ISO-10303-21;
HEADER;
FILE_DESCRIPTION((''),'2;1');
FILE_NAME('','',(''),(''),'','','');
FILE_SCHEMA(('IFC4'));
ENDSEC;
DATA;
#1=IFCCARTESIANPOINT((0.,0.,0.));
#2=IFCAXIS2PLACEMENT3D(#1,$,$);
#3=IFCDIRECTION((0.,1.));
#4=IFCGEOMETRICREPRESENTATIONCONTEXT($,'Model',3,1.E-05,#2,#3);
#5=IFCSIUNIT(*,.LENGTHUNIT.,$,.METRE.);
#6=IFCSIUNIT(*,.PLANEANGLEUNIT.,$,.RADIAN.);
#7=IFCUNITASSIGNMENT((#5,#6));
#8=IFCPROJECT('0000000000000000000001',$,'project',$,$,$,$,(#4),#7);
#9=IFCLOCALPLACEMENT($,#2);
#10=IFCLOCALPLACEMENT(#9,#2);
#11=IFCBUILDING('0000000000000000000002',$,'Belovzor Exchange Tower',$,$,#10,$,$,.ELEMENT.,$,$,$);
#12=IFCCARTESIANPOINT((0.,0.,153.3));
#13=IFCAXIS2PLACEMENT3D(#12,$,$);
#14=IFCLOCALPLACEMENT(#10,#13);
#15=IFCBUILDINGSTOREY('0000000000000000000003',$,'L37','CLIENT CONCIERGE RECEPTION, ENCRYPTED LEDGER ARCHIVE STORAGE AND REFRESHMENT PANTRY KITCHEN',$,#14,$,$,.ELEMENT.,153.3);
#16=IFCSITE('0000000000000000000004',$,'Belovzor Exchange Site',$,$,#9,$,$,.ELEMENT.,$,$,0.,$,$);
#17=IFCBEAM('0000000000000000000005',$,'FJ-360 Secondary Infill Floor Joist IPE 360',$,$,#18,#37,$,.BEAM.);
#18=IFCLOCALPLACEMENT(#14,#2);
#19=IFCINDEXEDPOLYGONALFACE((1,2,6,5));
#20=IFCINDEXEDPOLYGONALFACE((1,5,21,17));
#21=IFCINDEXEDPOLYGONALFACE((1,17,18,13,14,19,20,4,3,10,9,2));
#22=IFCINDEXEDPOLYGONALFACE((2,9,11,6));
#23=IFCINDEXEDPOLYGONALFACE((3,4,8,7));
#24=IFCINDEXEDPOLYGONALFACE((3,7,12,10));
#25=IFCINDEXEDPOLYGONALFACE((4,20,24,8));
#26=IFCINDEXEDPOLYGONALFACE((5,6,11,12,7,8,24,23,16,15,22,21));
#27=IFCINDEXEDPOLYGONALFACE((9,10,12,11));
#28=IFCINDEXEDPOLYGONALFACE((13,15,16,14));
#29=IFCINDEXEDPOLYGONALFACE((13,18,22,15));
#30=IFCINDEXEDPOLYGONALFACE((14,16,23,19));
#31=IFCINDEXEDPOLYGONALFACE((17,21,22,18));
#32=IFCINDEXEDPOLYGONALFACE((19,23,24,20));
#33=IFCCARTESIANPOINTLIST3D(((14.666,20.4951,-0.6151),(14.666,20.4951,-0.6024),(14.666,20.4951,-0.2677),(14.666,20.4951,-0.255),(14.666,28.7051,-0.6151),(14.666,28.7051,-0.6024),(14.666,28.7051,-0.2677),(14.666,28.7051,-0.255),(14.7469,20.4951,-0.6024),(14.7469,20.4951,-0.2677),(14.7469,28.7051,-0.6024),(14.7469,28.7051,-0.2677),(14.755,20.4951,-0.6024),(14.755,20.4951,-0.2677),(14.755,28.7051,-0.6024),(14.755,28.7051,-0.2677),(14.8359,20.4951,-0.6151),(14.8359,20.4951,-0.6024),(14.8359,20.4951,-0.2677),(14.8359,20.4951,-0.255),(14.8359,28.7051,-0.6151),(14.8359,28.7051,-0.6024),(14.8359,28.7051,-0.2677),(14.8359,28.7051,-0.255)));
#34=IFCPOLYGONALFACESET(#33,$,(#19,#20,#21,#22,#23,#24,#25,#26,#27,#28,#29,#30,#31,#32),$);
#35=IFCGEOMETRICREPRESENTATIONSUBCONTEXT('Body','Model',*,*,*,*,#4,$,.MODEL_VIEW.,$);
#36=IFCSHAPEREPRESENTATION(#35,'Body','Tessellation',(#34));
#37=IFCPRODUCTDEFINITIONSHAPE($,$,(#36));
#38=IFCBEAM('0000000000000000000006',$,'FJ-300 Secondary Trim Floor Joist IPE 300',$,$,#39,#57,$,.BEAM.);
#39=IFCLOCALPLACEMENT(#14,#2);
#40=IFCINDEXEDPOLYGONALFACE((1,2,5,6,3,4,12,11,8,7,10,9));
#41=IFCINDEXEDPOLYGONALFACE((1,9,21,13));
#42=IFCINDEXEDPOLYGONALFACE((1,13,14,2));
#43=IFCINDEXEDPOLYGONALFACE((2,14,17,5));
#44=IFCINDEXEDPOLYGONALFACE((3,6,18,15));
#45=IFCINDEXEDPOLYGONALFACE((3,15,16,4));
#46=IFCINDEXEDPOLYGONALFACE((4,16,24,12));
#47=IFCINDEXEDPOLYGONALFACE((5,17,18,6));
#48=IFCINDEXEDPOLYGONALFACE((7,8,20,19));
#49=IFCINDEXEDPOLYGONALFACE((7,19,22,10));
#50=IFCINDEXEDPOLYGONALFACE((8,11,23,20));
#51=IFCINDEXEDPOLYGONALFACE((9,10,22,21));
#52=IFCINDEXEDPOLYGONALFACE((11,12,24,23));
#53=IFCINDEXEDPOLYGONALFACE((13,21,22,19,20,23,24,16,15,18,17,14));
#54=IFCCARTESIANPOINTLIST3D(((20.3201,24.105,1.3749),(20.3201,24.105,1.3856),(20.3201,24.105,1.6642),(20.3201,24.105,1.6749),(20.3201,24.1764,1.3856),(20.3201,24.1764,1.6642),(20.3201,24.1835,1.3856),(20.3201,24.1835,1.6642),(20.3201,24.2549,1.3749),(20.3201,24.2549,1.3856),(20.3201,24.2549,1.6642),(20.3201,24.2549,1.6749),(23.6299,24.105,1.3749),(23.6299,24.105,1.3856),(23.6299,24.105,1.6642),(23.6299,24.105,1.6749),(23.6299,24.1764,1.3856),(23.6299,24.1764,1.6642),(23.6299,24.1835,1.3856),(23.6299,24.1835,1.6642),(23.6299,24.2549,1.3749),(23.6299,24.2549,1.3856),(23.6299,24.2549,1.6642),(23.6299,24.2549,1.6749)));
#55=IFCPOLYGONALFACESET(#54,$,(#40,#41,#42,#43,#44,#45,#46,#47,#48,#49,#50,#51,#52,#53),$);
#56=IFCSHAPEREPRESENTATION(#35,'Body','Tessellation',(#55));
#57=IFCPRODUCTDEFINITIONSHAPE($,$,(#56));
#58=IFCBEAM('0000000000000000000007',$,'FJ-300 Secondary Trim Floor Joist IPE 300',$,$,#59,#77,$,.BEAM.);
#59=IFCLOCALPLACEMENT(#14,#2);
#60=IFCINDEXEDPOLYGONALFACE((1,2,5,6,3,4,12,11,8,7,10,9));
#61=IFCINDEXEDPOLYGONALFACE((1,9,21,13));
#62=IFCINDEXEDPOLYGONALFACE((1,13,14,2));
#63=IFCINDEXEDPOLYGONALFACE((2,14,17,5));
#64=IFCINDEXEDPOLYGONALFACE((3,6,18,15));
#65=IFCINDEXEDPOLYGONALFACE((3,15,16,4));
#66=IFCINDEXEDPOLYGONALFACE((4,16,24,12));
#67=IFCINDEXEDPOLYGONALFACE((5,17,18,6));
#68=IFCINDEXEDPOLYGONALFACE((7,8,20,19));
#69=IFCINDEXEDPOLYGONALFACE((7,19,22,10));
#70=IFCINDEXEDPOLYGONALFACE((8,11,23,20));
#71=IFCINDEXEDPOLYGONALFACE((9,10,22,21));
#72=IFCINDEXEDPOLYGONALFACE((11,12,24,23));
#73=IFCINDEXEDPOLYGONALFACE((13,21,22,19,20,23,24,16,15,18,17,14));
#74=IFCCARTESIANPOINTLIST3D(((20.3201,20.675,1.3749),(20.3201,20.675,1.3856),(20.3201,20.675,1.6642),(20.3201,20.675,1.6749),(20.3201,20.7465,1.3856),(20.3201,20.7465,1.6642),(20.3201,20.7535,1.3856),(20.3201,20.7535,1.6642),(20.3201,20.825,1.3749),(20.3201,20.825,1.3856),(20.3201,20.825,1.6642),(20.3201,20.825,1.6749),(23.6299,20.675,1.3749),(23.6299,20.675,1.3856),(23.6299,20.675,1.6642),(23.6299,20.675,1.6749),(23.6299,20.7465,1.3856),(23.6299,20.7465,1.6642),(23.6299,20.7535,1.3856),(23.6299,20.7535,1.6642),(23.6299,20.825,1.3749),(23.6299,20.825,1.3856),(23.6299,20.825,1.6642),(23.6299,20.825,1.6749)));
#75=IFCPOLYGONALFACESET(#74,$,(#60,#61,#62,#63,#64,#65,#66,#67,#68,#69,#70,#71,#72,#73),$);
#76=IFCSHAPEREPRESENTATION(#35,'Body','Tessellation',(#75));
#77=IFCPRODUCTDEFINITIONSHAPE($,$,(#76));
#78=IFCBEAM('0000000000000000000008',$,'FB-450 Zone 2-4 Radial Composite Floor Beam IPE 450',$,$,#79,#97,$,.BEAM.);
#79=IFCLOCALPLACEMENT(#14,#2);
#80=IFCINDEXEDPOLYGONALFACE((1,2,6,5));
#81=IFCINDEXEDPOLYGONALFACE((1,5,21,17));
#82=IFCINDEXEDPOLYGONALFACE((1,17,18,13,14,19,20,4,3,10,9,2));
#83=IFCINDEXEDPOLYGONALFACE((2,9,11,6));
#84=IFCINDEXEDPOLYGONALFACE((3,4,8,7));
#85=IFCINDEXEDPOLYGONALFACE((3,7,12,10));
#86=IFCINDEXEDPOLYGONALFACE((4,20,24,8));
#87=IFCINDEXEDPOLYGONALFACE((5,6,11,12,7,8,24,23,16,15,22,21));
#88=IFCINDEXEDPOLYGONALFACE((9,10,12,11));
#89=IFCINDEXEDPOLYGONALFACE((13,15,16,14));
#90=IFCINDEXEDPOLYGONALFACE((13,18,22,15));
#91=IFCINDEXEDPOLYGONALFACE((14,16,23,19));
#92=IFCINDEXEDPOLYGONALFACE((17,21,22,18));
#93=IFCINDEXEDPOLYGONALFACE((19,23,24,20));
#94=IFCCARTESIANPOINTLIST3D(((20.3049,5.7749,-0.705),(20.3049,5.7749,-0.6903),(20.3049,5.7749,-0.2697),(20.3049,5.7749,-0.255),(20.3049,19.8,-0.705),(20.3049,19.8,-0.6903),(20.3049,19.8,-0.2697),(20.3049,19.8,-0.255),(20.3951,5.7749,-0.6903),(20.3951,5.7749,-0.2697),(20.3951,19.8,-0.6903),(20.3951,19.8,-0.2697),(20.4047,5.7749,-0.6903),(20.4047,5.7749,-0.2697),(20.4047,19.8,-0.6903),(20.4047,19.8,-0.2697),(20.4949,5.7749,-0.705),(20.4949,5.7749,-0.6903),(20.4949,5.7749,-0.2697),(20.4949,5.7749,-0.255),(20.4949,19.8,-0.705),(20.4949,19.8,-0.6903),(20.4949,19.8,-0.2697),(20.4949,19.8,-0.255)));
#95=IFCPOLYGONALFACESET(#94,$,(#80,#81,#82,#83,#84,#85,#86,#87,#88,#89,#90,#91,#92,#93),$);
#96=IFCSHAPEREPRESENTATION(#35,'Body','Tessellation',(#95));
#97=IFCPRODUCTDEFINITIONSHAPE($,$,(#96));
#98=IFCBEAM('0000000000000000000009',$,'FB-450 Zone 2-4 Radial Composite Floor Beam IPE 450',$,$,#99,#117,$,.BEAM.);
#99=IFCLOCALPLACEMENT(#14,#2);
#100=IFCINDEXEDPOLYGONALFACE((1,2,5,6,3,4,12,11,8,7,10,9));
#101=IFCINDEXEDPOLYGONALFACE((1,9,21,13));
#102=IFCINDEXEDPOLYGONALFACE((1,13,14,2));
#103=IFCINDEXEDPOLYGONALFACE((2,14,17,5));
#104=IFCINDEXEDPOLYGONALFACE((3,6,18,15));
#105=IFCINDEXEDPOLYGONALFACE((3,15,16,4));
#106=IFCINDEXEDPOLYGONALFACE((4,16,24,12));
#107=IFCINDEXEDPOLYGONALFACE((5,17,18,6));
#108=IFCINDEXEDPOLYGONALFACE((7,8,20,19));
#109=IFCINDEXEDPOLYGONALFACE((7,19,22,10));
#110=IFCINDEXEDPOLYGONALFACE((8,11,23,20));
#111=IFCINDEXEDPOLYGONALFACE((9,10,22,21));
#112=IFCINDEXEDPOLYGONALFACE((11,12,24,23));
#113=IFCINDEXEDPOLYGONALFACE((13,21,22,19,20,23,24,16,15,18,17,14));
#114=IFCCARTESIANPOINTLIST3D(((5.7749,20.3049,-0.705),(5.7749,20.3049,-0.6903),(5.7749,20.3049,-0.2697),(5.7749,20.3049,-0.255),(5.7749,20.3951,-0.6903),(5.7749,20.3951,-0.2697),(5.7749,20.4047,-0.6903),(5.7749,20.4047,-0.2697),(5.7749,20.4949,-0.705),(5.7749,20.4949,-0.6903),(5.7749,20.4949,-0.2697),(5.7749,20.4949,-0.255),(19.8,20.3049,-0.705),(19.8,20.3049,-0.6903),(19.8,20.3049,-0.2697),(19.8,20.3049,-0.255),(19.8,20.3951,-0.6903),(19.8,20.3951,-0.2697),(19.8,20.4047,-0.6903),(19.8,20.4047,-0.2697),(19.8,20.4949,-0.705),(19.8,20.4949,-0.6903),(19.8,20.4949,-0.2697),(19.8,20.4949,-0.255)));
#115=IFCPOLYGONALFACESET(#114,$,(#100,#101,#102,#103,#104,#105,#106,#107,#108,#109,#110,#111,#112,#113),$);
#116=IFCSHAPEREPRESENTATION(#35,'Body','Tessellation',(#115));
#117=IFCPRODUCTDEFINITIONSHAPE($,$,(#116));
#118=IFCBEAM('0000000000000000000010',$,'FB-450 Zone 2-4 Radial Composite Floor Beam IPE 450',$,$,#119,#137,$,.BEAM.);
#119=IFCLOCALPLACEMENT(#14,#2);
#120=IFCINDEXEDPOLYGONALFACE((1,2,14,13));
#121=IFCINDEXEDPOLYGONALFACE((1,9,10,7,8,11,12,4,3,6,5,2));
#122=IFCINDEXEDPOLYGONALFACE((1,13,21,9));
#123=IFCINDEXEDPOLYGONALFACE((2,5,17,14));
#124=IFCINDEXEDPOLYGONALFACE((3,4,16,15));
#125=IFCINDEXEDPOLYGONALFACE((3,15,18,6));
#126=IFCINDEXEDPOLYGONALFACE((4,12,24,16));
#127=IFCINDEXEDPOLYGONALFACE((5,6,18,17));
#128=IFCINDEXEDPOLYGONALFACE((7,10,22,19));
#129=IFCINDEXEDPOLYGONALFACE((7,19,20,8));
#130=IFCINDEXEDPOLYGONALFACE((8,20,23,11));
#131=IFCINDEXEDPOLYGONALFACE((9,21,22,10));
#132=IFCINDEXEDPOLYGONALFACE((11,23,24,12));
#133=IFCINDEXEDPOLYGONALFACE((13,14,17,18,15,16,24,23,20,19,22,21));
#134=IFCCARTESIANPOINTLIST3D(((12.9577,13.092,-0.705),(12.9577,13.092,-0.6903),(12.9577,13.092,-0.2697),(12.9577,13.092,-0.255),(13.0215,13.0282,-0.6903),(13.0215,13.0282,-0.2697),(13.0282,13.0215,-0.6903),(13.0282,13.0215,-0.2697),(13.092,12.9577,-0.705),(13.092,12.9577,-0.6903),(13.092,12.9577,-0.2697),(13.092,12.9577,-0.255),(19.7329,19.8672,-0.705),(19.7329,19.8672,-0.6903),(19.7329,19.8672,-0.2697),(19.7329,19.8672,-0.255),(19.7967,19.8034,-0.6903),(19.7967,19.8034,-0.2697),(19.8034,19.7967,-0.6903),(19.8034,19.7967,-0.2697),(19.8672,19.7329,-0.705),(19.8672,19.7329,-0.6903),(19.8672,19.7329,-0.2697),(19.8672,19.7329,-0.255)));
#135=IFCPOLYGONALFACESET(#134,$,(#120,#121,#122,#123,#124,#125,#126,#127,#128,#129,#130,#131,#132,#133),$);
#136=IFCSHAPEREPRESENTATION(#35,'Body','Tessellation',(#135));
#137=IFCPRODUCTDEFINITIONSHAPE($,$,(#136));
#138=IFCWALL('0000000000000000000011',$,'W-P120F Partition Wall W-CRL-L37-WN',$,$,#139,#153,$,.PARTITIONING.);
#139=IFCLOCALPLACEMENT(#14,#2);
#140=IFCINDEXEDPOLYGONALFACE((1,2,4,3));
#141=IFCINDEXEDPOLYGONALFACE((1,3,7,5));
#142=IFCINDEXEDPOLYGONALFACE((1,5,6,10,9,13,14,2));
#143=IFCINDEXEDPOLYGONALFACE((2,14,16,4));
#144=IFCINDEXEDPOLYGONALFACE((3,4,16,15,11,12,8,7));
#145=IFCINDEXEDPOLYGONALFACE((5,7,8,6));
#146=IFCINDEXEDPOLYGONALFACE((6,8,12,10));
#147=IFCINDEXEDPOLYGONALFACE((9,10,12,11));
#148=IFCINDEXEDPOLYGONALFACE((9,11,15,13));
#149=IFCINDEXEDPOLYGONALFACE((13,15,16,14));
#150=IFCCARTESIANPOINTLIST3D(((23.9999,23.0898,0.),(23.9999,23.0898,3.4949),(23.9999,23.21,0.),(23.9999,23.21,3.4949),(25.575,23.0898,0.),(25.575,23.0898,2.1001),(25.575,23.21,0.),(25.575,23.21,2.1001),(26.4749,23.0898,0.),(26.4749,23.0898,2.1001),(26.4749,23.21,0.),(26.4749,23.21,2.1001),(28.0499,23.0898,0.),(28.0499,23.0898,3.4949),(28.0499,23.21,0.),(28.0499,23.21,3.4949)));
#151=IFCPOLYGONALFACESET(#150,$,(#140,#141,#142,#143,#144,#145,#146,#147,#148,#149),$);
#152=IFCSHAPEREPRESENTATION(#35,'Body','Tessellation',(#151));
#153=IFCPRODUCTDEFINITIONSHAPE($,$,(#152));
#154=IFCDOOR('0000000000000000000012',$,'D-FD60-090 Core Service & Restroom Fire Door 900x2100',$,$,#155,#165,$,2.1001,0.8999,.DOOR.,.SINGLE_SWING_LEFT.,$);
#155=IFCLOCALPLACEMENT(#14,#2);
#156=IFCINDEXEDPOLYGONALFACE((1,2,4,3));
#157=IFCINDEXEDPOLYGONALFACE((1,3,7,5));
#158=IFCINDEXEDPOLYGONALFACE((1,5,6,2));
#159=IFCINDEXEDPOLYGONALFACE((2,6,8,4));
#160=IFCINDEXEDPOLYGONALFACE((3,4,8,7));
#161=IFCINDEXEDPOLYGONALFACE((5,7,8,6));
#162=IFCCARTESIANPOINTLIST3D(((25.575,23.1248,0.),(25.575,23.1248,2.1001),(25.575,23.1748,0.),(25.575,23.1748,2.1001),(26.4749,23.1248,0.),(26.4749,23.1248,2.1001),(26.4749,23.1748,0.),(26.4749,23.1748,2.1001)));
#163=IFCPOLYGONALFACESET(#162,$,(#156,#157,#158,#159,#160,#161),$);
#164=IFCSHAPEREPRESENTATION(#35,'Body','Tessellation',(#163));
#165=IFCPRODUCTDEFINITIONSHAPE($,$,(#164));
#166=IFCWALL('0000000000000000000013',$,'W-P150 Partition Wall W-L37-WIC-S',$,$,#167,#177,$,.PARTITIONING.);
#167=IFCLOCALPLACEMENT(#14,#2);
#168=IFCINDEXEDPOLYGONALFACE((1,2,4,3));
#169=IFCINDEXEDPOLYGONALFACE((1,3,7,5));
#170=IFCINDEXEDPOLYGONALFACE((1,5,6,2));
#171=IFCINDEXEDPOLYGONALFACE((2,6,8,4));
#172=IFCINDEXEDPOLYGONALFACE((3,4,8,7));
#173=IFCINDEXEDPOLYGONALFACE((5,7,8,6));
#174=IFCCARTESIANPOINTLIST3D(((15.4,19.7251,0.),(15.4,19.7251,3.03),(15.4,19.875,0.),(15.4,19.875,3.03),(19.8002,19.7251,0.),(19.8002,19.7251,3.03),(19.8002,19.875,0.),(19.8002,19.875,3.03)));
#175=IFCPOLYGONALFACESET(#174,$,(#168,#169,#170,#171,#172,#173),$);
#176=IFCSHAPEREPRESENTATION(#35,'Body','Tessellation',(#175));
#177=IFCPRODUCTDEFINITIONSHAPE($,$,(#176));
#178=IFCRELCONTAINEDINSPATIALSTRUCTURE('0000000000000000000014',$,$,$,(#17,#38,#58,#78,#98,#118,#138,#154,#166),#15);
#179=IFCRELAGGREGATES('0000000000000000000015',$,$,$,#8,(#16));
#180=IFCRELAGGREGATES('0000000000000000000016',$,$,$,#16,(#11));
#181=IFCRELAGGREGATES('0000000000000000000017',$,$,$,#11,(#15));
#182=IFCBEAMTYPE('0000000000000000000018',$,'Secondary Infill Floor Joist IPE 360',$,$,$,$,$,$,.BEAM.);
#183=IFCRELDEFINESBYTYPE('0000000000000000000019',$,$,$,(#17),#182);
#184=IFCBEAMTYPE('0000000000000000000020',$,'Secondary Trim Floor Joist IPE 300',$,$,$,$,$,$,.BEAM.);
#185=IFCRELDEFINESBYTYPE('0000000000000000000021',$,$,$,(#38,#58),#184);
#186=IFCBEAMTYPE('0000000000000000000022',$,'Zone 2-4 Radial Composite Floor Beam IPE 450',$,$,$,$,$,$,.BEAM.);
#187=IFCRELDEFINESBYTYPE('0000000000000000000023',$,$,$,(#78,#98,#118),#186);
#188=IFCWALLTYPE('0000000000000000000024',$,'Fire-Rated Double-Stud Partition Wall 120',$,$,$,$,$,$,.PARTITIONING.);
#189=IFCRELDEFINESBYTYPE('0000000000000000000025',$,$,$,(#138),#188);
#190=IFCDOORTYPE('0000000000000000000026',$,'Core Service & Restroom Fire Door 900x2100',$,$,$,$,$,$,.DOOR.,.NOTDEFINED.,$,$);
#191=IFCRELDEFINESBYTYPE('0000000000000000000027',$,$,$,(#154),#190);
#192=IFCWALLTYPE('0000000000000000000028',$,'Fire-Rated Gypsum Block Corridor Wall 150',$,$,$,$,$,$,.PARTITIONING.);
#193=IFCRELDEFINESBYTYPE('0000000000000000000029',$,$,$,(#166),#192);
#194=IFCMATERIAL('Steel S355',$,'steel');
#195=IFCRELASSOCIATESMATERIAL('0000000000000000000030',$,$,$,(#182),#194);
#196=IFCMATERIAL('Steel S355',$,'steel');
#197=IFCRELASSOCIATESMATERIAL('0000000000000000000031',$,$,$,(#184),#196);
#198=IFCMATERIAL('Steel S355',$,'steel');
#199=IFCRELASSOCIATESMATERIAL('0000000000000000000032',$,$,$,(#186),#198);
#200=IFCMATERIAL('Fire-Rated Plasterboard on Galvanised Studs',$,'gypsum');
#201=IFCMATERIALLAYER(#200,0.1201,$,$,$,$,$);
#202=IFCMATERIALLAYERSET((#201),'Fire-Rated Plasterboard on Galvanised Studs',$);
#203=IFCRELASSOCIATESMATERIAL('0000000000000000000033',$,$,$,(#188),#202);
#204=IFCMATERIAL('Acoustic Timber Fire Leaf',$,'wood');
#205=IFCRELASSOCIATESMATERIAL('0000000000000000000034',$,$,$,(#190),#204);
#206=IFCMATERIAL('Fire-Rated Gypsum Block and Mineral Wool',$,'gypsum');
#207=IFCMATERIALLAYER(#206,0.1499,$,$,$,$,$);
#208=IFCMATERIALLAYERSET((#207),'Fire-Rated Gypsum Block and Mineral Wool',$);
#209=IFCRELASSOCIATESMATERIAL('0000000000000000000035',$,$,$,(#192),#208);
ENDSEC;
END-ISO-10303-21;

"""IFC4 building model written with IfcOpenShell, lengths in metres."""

from ifc_helpers import new_model, si_unit, direction, frame, frame_2d, origin, origin_2d, place, context, subcontext, project, spatial, rectangle, i_section, extrude, material, layer, layer_set, material_profile, profile_set, type_object, element, fill, save


model = new_model("IFC4")

# Units and contexts
model_context = context("Model", 3, precision=1e-05, world=origin(), true_north=direction((0.0, 1.0)))
body_context = subcontext(model_context, "Body", "Model", "MODEL_VIEW")
ifc_project = project(units=[si_unit("LENGTHUNIT", "METRE"), si_unit("PLANEANGLEUNIT", "RADIAN")], contexts=[model_context])

# Site, building, storey
site_placement = place(None, origin())
site = spatial("IfcSite", under=ifc_project, at=site_placement, Name="Belovzor Exchange Site", CompositionType="ELEMENT", RefElevation=0.0)
building_placement = place(site_placement, origin())
building = spatial("IfcBuilding", under=site, at=building_placement, Name="Belovzor Exchange Tower", CompositionType="ELEMENT")
storey_placement = place(building_placement, frame((0.0, 0.0, 153.3)))
storey = spatial("IfcBuildingStorey", under=building, at=storey_placement, Name="L37", Description="CLIENT CONCIERGE RECEPTION, ENCRYPTED LEDGER ARCHIVE STORAGE AND REFRESHMENT PANTRY KITCHEN", CompositionType="ELEMENT", Elevation=153.3)

# Beams
ifc_material_1 = material(Name="Steel S355", Category="steel")
ifc_material_profile_1 = material_profile(ifc_material_1, i_section(OverallWidth=0.1699, OverallDepth=0.3601, WebThickness=0.0081, FlangeThickness=0.0127, at=origin_2d()))
ifc_profile_set_1 = profile_set([ifc_material_profile_1], Name="Steel S355")
beam_type_1 = type_object("IfcBeamType", Name="Secondary Infill Floor Joist IPE 360", PredefinedType="BEAM", material=ifc_profile_set_1)
beam_1_placement = place(storey_placement, frame((14.751, 20.4951, -0.4351), z_axis=(0.0, 1.0, 0.0), x_axis=(-1.0, 0.0, 0.0)))
element("IfcBeam", 1, at=beam_1_placement, inside=storey, type_object=beam_type_1, Name="FJ-360 Secondary Infill Floor Joist IPE 360", PredefinedType="BEAM", context=body_context, shape_type="SweptSolid", body=[
    extrude(i_section(OverallWidth=0.1699, OverallDepth=0.3601, WebThickness=0.0081, FlangeThickness=0.0127, at=origin_2d()), origin(), (0.0, 0.0, 1.0), 8.21),
])
ifc_material_2 = material(Name="Steel S355", Category="steel")
ifc_material_profile_2 = material_profile(ifc_material_2, i_section(OverallWidth=0.1499, OverallDepth=0.3, WebThickness=0.0071, FlangeThickness=0.0107, at=origin_2d()))
ifc_profile_set_2 = profile_set([ifc_material_profile_2], Name="Steel S355")
beam_type_2 = type_object("IfcBeamType", Name="Secondary Trim Floor Joist IPE 300", PredefinedType="BEAM", material=ifc_profile_set_2)
for number, where, z_axis, x_axis, name in (
    (2, (20.3201, 24.1799, 1.5249), (1.0, 0.0, 0.0), (0.0, 1.0, 0.0), "FJ-300 Secondary Trim Floor Joist IPE 300"),
    (3, (20.3201, 20.75, 1.5249), (1.0, 0.0, 0.0), (0.0, 1.0, 0.0), "FJ-300 Secondary Trim Floor Joist IPE 300"),
):
    element("IfcBeam", number, at=place(storey_placement, frame(where, z_axis=z_axis, x_axis=x_axis)), inside=storey, type_object=beam_type_2, Name=name, PredefinedType="BEAM", context=body_context, shape_type="SweptSolid", body=[
        extrude(i_section(OverallWidth=0.1499, OverallDepth=0.3, WebThickness=0.0071, FlangeThickness=0.0107, at=origin_2d()), origin(), (0.0, 0.0, 1.0), 3.3098),
    ])
ifc_material_3 = material(Name="Steel S355", Category="steel")
ifc_material_profile_3 = material_profile(ifc_material_3, i_section(OverallWidth=0.1899, OverallDepth=0.45, WebThickness=0.0095, FlangeThickness=0.0146, at=origin_2d()))
ifc_profile_set_3 = profile_set([ifc_material_profile_3], Name="Steel S355")
beam_type_3 = type_object("IfcBeamType", Name="Zone 2-4 Radial Composite Floor Beam IPE 450", PredefinedType="BEAM", material=ifc_profile_set_3)
for number, where, z_axis, x_axis, name in (
    (4, (20.3999, 19.8, -0.48), (0.0, -1.0, 0.0), (1.0, 0.0, 0.0), "FB-450 Zone 2-4 Radial Composite Floor Beam IPE 450"),
    (5, (19.8, 20.3999, -0.48), (-1.0, 0.0, 0.0), (0.0, -1.0, 0.0), "FB-450 Zone 2-4 Radial Composite Floor Beam IPE 450"),
):
    element("IfcBeam", number, at=place(storey_placement, frame(where, z_axis=z_axis, x_axis=x_axis)), inside=storey, type_object=beam_type_3, Name=name, PredefinedType="BEAM", context=body_context, shape_type="SweptSolid", body=[
        extrude(i_section(OverallWidth=0.1899, OverallDepth=0.45, WebThickness=0.0095, FlangeThickness=0.0146, at=origin_2d()), origin(), (0.0, 0.0, 1.0), 14.0251),
    ])
beam_2_placement = place(storey_placement, frame((19.8, 19.8, -0.48), z_axis=(-0.707107, -0.707107, 0.0), x_axis=(0.707107, -0.707107, 0.0)))
element("IfcBeam", 6, at=beam_2_placement, inside=storey, type_object=beam_type_3, Name="FB-450 Zone 2-4 Radial Composite Floor Beam IPE 450", PredefinedType="BEAM", context=body_context, shape_type="SweptSolid", body=[
    extrude(i_section(OverallWidth=0.1899, OverallDepth=0.45, WebThickness=0.0095, FlangeThickness=0.0146, at=origin_2d()), origin(), (0.0, 0.0, 1.0), 9.5815),
])

# Wall, opening, door
ifc_material_4 = material(Name="Fire-Rated Plasterboard on Galvanised Studs", Category="gypsum")
ifc_layer_1 = layer(ifc_material_4, 0.1201)
ifc_layer_set_1 = layer_set([ifc_layer_1], Name="Fire-Rated Plasterboard on Galvanised Studs")
wall_type_1 = type_object("IfcWallType", Name="Fire-Rated Double-Stud Partition Wall 120", PredefinedType="PARTITIONING", material=ifc_layer_set_1)
wall_1_placement = place(storey_placement, frame((24.0, 23.1499, 0.0), z_axis=(0.0, 0.0, 1.0), x_axis=(1.0, 0.0, 0.0)))
wall_1 = element("IfcWall", 7, at=wall_1_placement, inside=storey, type_object=wall_type_1, Name="W-P120F Partition Wall W-CRL-L37-WN", PredefinedType="PARTITIONING", context=body_context, shape_type="SweptSolid", body=[
    extrude(rectangle(XDim=4.05, YDim=0.1201, at=frame_2d((2.0249, 0.0))), origin(), (0.0, 0.0, 1.0), 3.4949),
])
opening_1_placement = place(wall_1_placement, frame((1.575, 0.0, 0.0)))
opening_1 = element("IfcOpeningElement", 8, at=opening_1_placement, cuts=wall_1, PredefinedType="OPENING", context=body_context, shape_type="SweptSolid", body=[
    extrude(rectangle(XDim=0.8999, YDim=2.1001, at=frame_2d((0.45, 1.05))), frame((0.0, 0.0701, 0.0), z_axis=(0.0, -1.0, 0.0), x_axis=(1.0, 0.0, 0.0)), (0.0, 0.0, 1.0), 0.1401),
])
ifc_material_5 = material(Name="Acoustic Timber Fire Leaf", Category="wood")
door_type_1 = type_object("IfcDoorType", Name="Core Service & Restroom Fire Door 900x2100", OperationType="NOTDEFINED", PredefinedType="DOOR", material=ifc_material_5)
door_1_placement = place(opening_1_placement, origin())
door_1 = element("IfcDoor", 9, at=door_1_placement, inside=storey, type_object=door_type_1, Name="D-FD60-090 Core Service & Restroom Fire Door 900x2100", OperationType="SINGLE_SWING_LEFT", OverallHeight=2.1001, OverallWidth=0.8999, PredefinedType="DOOR", context=body_context, shape_type="SweptSolid", body=[
    extrude(rectangle(XDim=0.8999, YDim=2.1001, at=frame_2d((0.45, 1.05))), frame((0.0, 0.0249, 0.0), z_axis=(0.0, -1.0, 0.0), x_axis=(1.0, 0.0, 0.0)), (0.0, 0.0, 1.0), 0.05),
])
fill(opening_1, door_1)

# Wall
ifc_material_6 = material(Name="Fire-Rated Gypsum Block and Mineral Wool", Category="gypsum")
ifc_layer_2 = layer(ifc_material_6, 0.1499)
ifc_layer_set_2 = layer_set([ifc_layer_2], Name="Fire-Rated Gypsum Block and Mineral Wool")
wall_type_2 = type_object("IfcWallType", Name="Fire-Rated Gypsum Block Corridor Wall 150", PredefinedType="PARTITIONING", material=ifc_layer_set_2)
wall_2_placement = place(storey_placement, frame((15.3999, 19.8, 0.0), z_axis=(0.0, 0.0, 1.0), x_axis=(1.0, 0.0, 0.0)))
element("IfcWall", 10, at=wall_2_placement, inside=storey, type_object=wall_type_2, Name="W-P150 Partition Wall W-L37-WIC-S", PredefinedType="PARTITIONING", context=body_context, shape_type="SweptSolid", body=[
    extrude(rectangle(XDim=4.4001, YDim=0.1499, at=frame_2d((2.2002, 0.0))), origin(), (0.0, 0.0, 1.0), 3.03),
])

save(model, "model.ifc")
